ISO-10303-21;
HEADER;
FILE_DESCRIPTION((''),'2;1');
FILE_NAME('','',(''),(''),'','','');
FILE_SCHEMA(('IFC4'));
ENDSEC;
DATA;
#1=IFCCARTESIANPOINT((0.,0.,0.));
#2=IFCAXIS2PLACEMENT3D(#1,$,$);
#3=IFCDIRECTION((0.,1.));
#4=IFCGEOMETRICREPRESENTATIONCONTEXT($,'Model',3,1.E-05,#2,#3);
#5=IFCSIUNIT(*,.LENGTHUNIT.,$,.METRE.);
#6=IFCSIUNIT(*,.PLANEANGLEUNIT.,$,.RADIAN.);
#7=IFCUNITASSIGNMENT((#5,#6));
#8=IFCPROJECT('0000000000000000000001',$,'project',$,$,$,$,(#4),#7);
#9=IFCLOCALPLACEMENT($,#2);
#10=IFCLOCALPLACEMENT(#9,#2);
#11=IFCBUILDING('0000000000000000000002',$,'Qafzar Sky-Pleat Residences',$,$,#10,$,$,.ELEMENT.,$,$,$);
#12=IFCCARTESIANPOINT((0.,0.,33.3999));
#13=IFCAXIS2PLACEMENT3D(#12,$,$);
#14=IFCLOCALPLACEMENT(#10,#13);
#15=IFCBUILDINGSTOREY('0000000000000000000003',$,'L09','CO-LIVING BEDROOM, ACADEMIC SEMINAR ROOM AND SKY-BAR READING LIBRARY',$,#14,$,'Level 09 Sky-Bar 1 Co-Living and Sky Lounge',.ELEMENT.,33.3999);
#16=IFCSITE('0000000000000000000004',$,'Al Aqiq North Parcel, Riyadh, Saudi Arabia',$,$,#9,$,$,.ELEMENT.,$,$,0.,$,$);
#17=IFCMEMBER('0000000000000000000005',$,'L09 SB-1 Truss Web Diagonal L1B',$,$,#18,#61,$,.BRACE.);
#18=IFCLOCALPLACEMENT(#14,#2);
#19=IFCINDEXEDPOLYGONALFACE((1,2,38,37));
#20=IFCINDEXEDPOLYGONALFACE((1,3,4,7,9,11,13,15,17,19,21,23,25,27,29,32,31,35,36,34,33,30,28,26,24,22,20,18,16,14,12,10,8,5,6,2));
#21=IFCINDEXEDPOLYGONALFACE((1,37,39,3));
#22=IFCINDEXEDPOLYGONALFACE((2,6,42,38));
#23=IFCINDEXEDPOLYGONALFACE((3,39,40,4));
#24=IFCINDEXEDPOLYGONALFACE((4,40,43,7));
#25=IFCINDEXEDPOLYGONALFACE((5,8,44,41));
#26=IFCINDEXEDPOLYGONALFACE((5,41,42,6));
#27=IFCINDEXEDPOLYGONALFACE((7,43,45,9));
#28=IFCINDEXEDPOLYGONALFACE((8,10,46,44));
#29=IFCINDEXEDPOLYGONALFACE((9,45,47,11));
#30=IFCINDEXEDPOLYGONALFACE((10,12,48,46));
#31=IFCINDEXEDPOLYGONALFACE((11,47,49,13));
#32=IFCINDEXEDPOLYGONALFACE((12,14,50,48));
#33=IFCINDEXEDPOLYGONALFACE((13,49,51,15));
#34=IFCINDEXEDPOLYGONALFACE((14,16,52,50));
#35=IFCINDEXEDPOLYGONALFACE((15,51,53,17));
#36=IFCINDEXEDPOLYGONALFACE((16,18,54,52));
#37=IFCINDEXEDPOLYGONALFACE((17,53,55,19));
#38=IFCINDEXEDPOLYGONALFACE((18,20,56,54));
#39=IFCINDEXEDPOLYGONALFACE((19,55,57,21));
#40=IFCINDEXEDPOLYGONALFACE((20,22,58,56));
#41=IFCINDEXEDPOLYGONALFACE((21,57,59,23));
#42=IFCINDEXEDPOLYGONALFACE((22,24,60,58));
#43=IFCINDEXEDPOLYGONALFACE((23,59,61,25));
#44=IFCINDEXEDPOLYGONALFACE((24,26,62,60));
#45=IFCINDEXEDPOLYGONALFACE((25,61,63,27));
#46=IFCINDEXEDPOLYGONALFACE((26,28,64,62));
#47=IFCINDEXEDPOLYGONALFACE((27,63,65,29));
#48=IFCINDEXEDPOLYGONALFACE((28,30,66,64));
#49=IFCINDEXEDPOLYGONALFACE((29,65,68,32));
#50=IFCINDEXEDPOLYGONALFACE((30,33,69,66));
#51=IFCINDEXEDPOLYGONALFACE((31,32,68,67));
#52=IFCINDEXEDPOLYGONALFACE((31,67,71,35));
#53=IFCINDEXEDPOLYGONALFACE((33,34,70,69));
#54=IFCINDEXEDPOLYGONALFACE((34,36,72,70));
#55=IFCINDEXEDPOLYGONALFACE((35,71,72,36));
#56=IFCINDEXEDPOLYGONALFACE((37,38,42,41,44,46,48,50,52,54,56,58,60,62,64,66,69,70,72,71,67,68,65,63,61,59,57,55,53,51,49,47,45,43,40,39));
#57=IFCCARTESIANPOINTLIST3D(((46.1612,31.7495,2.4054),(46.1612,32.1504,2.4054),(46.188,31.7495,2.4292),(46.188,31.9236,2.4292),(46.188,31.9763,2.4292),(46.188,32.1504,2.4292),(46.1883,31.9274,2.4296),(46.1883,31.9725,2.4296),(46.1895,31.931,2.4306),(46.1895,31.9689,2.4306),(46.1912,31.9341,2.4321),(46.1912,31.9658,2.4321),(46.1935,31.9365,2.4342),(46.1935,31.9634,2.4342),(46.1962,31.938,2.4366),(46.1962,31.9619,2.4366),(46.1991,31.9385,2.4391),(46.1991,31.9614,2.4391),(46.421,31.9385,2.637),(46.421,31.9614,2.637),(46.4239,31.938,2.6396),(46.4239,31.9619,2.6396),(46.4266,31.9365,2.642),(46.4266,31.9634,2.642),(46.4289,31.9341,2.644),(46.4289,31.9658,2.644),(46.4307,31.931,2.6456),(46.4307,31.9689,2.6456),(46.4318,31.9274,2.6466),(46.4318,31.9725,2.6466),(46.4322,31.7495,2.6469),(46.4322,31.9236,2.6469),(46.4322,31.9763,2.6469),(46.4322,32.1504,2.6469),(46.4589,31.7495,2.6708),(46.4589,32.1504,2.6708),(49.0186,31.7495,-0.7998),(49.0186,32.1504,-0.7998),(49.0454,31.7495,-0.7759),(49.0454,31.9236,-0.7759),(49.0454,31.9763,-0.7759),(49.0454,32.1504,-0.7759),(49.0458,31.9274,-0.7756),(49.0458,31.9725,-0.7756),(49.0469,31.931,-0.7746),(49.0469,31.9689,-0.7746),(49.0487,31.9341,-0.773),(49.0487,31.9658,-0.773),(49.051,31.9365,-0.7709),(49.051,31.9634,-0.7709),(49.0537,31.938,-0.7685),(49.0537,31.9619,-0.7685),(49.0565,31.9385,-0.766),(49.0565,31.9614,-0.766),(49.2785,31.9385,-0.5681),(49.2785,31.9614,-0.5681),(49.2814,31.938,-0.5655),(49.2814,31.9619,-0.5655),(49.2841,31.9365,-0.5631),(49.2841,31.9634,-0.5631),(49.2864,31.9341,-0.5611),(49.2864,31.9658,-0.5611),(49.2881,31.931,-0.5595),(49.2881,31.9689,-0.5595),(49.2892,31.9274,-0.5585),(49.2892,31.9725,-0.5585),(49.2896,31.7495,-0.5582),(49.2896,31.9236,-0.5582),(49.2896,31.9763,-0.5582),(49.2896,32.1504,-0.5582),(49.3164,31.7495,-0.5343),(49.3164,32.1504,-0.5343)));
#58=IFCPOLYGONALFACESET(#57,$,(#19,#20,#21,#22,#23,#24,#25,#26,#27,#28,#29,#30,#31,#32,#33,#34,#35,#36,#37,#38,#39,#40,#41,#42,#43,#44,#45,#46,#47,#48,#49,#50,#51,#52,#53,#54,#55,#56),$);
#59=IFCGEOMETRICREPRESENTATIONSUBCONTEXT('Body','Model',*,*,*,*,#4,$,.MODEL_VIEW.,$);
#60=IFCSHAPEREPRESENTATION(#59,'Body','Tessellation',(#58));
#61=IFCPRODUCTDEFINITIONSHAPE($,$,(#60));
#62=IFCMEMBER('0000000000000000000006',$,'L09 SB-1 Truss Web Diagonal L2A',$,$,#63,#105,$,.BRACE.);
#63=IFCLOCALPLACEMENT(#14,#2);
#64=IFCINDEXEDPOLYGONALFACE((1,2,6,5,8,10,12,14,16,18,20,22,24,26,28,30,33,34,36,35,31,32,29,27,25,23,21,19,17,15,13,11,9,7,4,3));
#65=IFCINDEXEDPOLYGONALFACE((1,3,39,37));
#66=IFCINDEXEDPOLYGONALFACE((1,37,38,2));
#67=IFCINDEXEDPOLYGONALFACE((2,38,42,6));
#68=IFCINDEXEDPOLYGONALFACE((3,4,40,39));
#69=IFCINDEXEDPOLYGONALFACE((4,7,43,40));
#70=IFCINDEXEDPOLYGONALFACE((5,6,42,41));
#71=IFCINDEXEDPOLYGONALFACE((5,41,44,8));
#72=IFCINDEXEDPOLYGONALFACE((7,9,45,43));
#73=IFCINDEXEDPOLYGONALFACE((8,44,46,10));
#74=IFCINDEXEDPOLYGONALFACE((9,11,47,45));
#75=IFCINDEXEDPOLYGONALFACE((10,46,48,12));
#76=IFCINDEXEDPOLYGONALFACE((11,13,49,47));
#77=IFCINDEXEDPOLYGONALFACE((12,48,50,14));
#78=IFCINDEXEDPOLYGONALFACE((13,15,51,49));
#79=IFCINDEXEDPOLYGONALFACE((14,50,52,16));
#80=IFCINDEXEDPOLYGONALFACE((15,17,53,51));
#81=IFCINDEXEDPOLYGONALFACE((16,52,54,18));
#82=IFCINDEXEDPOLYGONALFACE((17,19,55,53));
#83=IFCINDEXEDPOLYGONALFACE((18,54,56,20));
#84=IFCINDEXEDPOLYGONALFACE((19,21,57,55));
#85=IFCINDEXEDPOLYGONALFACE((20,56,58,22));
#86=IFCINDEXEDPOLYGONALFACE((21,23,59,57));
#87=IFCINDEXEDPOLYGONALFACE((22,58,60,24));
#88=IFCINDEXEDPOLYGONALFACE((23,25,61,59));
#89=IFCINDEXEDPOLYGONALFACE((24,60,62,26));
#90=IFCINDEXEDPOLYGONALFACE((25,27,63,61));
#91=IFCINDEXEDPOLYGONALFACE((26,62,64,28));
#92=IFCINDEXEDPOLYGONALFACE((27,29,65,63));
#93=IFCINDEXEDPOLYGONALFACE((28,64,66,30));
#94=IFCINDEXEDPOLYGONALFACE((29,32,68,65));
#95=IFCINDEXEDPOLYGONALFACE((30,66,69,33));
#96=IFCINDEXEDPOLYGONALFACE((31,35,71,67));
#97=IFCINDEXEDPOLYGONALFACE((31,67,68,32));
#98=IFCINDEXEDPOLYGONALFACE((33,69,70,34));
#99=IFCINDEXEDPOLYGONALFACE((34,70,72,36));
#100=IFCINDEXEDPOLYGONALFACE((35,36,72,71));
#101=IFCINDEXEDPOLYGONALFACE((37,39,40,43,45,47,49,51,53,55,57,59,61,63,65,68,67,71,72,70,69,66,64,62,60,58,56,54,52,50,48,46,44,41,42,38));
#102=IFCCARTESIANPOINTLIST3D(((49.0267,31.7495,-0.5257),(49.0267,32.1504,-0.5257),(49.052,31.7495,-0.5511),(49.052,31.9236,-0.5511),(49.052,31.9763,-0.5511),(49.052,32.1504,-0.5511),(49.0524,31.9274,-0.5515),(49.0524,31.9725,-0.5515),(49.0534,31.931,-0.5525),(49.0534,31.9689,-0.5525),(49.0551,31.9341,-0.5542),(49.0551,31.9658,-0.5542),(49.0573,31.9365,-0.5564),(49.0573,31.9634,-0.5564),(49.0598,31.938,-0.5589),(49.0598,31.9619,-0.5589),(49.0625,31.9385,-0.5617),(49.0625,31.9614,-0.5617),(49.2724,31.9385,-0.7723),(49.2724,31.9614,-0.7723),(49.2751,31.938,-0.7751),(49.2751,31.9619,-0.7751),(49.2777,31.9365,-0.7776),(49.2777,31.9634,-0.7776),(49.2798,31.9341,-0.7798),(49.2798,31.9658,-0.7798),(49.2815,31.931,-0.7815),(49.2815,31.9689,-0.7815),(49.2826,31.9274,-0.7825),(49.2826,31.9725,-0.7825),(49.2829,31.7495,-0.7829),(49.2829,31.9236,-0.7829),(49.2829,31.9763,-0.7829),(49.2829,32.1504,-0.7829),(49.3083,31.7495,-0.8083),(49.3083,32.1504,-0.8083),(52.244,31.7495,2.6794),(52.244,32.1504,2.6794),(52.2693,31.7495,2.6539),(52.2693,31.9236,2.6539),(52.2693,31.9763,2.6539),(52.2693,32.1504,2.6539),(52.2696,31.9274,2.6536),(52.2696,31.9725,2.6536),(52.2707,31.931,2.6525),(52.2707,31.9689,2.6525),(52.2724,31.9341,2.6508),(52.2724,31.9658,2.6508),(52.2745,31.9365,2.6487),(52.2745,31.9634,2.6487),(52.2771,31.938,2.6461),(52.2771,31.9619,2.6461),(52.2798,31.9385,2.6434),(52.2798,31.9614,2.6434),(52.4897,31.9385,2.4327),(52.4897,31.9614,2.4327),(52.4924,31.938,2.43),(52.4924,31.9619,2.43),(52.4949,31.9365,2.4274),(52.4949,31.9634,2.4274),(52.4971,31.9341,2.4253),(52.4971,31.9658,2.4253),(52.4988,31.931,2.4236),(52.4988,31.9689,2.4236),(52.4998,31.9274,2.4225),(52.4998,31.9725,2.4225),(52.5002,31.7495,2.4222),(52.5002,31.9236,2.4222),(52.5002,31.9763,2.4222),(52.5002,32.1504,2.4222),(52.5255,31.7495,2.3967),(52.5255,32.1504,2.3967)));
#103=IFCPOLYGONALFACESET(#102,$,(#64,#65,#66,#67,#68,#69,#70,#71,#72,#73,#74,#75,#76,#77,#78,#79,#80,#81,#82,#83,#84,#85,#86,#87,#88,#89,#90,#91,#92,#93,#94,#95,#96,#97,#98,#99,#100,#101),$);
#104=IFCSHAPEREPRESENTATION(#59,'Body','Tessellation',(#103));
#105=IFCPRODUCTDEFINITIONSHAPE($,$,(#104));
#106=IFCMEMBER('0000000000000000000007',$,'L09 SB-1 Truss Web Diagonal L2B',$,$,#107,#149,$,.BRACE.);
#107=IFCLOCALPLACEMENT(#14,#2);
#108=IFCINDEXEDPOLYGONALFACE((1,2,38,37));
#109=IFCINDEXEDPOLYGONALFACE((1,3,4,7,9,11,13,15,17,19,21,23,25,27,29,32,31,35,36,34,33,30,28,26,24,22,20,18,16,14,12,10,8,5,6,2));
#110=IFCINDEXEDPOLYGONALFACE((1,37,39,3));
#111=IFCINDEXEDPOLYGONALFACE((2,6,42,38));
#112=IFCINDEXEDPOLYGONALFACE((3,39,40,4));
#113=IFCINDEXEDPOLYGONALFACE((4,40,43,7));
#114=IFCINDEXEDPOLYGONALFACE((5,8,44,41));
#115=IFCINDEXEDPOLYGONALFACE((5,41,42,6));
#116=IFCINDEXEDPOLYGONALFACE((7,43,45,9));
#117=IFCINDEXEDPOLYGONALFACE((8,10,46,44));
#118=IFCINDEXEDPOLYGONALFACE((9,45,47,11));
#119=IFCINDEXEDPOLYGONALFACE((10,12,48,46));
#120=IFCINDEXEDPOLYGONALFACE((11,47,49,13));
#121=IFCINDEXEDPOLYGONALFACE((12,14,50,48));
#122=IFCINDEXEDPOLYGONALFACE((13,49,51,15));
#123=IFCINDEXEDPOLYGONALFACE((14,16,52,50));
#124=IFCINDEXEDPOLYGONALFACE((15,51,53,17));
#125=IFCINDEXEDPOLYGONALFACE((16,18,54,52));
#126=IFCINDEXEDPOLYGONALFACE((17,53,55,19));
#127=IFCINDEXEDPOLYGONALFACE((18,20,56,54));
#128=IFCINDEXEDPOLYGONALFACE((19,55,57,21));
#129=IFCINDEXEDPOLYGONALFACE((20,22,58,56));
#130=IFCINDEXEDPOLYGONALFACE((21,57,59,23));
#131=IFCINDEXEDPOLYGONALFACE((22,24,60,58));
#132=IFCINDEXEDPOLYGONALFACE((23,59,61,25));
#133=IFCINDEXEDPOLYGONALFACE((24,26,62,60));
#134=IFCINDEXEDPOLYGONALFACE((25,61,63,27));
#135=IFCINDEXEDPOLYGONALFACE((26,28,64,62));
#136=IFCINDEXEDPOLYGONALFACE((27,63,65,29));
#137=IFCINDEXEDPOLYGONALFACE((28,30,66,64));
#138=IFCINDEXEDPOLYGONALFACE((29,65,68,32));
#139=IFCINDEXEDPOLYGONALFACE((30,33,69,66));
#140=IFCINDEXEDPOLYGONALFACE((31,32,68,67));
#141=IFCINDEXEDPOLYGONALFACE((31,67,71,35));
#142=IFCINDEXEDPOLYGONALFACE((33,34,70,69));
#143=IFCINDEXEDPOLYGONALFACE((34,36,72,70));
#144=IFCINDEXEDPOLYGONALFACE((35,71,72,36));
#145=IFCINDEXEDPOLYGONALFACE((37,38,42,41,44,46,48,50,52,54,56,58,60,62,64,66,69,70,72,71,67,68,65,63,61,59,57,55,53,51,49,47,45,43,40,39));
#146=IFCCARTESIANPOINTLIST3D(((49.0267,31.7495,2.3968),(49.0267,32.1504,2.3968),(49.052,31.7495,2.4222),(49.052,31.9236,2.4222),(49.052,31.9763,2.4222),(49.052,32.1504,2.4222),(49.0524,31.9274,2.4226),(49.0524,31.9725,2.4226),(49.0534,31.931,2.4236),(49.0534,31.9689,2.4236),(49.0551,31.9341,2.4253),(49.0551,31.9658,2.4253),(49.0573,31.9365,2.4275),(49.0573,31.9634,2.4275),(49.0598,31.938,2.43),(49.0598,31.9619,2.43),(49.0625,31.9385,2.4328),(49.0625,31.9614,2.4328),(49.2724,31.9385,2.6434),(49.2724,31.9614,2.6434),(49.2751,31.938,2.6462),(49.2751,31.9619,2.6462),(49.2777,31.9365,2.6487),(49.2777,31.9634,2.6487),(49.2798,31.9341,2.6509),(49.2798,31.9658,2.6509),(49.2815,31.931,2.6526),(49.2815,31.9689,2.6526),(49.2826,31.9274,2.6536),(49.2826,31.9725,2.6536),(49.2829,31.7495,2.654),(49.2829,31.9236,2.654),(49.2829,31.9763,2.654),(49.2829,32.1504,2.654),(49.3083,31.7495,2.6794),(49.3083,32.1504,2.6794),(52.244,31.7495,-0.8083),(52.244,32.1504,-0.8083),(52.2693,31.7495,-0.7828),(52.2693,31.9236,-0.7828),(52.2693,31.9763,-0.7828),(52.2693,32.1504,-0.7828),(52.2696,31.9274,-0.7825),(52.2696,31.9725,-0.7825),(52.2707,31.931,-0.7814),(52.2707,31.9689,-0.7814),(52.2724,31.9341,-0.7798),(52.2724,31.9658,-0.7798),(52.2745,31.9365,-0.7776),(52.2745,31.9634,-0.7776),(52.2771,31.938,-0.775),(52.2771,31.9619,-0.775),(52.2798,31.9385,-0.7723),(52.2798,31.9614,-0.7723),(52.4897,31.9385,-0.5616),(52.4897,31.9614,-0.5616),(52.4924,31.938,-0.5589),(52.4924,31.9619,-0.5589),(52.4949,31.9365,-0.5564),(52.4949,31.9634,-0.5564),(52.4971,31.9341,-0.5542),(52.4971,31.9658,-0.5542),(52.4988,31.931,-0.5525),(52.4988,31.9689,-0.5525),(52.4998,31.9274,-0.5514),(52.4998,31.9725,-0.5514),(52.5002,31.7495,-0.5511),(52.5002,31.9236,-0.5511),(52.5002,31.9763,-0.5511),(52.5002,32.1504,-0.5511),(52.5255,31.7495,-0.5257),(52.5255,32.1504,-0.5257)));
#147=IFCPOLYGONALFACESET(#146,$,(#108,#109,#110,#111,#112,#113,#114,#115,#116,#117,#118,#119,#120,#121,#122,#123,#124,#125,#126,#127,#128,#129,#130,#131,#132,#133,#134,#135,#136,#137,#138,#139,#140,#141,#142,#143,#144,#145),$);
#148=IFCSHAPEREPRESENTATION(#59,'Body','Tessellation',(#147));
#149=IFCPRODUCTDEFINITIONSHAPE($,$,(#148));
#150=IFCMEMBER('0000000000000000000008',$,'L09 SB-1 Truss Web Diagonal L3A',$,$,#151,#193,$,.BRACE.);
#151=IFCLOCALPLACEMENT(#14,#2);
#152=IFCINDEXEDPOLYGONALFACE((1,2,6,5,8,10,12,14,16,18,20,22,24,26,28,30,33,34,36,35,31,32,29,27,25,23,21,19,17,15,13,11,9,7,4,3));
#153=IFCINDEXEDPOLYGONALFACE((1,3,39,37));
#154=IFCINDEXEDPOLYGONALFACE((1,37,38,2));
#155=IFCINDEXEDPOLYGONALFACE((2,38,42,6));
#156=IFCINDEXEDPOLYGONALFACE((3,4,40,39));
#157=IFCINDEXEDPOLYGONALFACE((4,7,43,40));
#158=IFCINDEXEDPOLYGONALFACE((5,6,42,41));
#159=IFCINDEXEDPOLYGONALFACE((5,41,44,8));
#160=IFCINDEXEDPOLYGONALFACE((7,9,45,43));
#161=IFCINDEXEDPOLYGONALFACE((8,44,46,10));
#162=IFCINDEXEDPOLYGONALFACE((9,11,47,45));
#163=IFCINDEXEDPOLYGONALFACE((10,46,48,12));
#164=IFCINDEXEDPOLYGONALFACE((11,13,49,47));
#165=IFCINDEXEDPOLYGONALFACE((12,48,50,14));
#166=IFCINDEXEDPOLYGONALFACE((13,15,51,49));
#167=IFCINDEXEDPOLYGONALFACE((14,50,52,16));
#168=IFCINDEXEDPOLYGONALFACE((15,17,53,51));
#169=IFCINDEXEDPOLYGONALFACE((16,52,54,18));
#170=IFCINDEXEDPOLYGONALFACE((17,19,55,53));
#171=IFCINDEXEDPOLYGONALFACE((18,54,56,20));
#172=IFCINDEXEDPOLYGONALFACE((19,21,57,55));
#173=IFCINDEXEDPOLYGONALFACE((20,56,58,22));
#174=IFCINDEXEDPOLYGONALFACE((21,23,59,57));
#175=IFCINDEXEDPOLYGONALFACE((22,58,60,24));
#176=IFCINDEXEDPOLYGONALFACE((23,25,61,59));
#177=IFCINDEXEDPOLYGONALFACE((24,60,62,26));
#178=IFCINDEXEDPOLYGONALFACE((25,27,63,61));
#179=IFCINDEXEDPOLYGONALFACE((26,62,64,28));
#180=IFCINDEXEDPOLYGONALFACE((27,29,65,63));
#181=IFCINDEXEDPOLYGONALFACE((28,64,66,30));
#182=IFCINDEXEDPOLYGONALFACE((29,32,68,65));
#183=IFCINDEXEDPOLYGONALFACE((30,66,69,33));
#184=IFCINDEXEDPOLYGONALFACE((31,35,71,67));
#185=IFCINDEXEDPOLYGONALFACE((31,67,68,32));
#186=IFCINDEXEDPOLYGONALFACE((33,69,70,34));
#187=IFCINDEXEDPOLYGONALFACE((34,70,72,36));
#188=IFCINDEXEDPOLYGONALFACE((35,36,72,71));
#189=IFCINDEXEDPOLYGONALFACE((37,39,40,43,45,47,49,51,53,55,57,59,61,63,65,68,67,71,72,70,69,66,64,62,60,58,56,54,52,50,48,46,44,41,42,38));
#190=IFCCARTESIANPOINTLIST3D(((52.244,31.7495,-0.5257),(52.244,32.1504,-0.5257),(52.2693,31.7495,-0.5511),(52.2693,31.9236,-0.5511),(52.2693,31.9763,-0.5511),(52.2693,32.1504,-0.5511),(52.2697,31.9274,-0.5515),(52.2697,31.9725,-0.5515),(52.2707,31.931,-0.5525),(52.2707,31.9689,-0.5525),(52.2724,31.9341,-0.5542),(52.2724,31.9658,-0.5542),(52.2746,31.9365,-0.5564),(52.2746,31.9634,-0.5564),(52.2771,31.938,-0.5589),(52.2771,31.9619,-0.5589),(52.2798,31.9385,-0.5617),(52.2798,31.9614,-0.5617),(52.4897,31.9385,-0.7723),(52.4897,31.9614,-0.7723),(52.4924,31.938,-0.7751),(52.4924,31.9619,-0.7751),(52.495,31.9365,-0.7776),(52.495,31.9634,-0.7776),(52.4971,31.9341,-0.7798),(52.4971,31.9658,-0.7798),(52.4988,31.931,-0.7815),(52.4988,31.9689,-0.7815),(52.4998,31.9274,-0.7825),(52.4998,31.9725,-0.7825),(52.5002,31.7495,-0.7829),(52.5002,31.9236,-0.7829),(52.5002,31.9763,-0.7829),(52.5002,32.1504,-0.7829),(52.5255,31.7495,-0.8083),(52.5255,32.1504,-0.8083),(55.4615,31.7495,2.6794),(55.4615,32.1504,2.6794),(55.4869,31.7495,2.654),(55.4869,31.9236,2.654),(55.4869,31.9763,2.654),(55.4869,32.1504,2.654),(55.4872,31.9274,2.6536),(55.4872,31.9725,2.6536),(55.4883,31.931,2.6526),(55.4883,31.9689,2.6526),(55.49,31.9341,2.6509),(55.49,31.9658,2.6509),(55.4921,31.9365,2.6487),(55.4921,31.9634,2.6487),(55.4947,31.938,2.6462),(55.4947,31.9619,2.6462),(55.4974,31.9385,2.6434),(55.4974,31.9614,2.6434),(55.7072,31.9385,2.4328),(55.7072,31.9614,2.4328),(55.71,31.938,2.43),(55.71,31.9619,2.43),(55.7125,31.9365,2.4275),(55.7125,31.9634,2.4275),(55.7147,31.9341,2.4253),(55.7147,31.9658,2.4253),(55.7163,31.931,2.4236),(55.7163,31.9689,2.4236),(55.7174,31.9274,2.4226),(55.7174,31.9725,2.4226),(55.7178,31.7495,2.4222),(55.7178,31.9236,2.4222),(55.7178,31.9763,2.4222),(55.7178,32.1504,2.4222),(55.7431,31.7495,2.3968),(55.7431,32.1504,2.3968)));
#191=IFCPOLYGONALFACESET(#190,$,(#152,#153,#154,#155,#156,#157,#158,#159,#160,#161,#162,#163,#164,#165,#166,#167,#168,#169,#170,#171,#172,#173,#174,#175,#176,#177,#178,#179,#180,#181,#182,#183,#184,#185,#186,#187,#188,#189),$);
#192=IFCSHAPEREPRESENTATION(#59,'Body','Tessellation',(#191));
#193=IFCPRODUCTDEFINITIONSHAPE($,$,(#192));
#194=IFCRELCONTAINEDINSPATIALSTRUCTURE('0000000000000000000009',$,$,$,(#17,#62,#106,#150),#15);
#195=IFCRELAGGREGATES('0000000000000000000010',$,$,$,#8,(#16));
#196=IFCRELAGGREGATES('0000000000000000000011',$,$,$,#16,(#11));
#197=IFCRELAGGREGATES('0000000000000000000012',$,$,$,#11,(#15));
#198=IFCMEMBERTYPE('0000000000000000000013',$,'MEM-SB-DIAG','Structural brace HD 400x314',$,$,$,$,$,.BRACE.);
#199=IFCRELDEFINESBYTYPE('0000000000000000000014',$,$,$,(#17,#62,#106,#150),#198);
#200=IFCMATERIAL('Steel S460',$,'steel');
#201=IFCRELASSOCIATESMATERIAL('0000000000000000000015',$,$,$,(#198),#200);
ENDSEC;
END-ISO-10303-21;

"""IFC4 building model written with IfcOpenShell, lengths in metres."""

from ifc_helpers import new_model, si_unit, direction, frame, origin, origin_2d, place, context, subcontext, project, spatial, i_section, extrude, source, transform, mapped, material, material_profile, profile_set, type_object, element, save


model = new_model("IFC4")

# Units and contexts
model_context = context("Model", 3, precision=1e-05, world=origin(), true_north=direction((0.0, 1.0)))
body_context = subcontext(model_context, "Body", "Model", "MODEL_VIEW")
ifc_project = project(units=[si_unit("LENGTHUNIT", "METRE"), si_unit("PLANEANGLEUNIT", "RADIAN")], contexts=[model_context])

# Site, building, storey
site_placement = place(None, origin())
site = spatial("IfcSite", under=ifc_project, at=site_placement, Name="Al Aqiq North Parcel, Riyadh, Saudi Arabia", CompositionType="ELEMENT", RefElevation=0.0)
building_placement = place(site_placement, origin())
building = spatial("IfcBuilding", under=site, at=building_placement, Name="Qafzar Sky-Pleat Residences", CompositionType="ELEMENT")
storey_placement = place(building_placement, frame((0.0, 0.0, 33.3999)))
storey = spatial("IfcBuildingStorey", under=building, at=storey_placement, Name="L09", Description="CO-LIVING BEDROOM, ACADEMIC SEMINAR ROOM AND SKY-BAR READING LIBRARY", LongName="Level 09 Sky-Bar 1 Co-Living and Sky Lounge", CompositionType="ELEMENT", Elevation=33.3999)

# Shared definitions
ifc_material_1 = material(Name="Steel S460", Category="steel")

# Members
ifc_material_profile_1 = material_profile(ifc_material_1, i_section(OverallWidth=0.4009, OverallDepth=0.3989, WebThickness=0.0229, FlangeThickness=0.0359, FilletRadius=0.0149, at=origin_2d()), Name="HD 400x314")
ifc_profile_set_1 = profile_set([ifc_material_profile_1], Name="Steel S460")
member_type = type_object("IfcMemberType", Name="MEM-SB-DIAG", Description="Structural brace HD 400x314", PredefinedType="BRACE", material=ifc_profile_set_1)
shared_shape_1 = source(origin(), body_context, "Body", "SweptSolid", [
    extrude(i_section(OverallWidth=0.4009, OverallDepth=0.3989, WebThickness=0.0229, FlangeThickness=0.0359, FilletRadius=0.0149, at=origin_2d()), origin(), (0.0, 0.0, 1.0), 4.2939),
])
for number, where, z_axis, x_axis, name in (
    (1, (46.3101, 31.95, 2.5381), (0.665464, 0.0, -0.74643), (0.0, 1.0, 0.0), "L09 SB-1 Truss Web Diagonal L1B"),
):
    element("IfcMember", number, at=place(storey_placement, frame(where, z_axis=z_axis, x_axis=x_axis)), inside=storey, type_object=member_type, Name=name, PredefinedType="BRACE", context=body_context, shape_type="MappedRepresentation", body=[
        mapped(shared_shape_1, transform((0.0, 0.0, 0.0), x_axis=(1.0, 0.0, 0.0), y_axis=(0.0, 1.0, 0.0), z_axis=(0.0, 0.0, 1.0), scale=1.0)),
    ])
shared_shape_2 = source(origin(), body_context, "Body", "SweptSolid", [
    extrude(i_section(OverallWidth=0.4009, OverallDepth=0.3989, WebThickness=0.0229, FlangeThickness=0.0359, FilletRadius=0.0149, at=origin_2d()), origin(), (0.0, 0.0, 1.0), 4.5413),
])
for number, where, z_axis, x_axis, name in (
    (2, (49.1675, 31.95, -0.667), (0.70845, 0.0, 0.705762), (0.0, 1.0, 0.0), "L09 SB-1 Truss Web Diagonal L2A"),
    (3, (49.1675, 31.95, 2.5381), (0.70845, 0.0, -0.705762), (0.0, 1.0, 0.0), "L09 SB-1 Truss Web Diagonal L2B"),
):
    element("IfcMember", number, at=place(storey_placement, frame(where, z_axis=z_axis, x_axis=x_axis)), inside=storey, type_object=member_type, Name=name, PredefinedType="BRACE", context=body_context, shape_type="MappedRepresentation", body=[
        mapped(shared_shape_2, transform((0.0, 0.0, 0.0), x_axis=(1.0, 0.0, 0.0), y_axis=(0.0, 1.0, 0.0), z_axis=(0.0, 0.0, 1.0), scale=1.0)),
    ])
shared_shape_3 = source(origin(), body_context, "Body", "SweptSolid", [
    extrude(i_section(OverallWidth=0.4009, OverallDepth=0.3989, WebThickness=0.0229, FlangeThickness=0.0359, FilletRadius=0.0149, at=origin_2d()), origin(), (0.0, 0.0, 1.0), 4.5415),
])
member_placement = place(storey_placement, frame((52.3848, 31.95, -0.667), z_axis=(0.708476, 0.0, 0.705735), x_axis=(0.0, 1.0, 0.0)))
element("IfcMember", 4, at=member_placement, inside=storey, type_object=member_type, Name="L09 SB-1 Truss Web Diagonal L3A", PredefinedType="BRACE", context=body_context, shape_type="MappedRepresentation", body=[
    mapped(shared_shape_3, transform((0.0, 0.0, 0.0), x_axis=(1.0, 0.0, 0.0), y_axis=(0.0, 1.0, 0.0), z_axis=(0.0, 0.0, 1.0), scale=1.0)),
])

save(model, "model.ifc")
